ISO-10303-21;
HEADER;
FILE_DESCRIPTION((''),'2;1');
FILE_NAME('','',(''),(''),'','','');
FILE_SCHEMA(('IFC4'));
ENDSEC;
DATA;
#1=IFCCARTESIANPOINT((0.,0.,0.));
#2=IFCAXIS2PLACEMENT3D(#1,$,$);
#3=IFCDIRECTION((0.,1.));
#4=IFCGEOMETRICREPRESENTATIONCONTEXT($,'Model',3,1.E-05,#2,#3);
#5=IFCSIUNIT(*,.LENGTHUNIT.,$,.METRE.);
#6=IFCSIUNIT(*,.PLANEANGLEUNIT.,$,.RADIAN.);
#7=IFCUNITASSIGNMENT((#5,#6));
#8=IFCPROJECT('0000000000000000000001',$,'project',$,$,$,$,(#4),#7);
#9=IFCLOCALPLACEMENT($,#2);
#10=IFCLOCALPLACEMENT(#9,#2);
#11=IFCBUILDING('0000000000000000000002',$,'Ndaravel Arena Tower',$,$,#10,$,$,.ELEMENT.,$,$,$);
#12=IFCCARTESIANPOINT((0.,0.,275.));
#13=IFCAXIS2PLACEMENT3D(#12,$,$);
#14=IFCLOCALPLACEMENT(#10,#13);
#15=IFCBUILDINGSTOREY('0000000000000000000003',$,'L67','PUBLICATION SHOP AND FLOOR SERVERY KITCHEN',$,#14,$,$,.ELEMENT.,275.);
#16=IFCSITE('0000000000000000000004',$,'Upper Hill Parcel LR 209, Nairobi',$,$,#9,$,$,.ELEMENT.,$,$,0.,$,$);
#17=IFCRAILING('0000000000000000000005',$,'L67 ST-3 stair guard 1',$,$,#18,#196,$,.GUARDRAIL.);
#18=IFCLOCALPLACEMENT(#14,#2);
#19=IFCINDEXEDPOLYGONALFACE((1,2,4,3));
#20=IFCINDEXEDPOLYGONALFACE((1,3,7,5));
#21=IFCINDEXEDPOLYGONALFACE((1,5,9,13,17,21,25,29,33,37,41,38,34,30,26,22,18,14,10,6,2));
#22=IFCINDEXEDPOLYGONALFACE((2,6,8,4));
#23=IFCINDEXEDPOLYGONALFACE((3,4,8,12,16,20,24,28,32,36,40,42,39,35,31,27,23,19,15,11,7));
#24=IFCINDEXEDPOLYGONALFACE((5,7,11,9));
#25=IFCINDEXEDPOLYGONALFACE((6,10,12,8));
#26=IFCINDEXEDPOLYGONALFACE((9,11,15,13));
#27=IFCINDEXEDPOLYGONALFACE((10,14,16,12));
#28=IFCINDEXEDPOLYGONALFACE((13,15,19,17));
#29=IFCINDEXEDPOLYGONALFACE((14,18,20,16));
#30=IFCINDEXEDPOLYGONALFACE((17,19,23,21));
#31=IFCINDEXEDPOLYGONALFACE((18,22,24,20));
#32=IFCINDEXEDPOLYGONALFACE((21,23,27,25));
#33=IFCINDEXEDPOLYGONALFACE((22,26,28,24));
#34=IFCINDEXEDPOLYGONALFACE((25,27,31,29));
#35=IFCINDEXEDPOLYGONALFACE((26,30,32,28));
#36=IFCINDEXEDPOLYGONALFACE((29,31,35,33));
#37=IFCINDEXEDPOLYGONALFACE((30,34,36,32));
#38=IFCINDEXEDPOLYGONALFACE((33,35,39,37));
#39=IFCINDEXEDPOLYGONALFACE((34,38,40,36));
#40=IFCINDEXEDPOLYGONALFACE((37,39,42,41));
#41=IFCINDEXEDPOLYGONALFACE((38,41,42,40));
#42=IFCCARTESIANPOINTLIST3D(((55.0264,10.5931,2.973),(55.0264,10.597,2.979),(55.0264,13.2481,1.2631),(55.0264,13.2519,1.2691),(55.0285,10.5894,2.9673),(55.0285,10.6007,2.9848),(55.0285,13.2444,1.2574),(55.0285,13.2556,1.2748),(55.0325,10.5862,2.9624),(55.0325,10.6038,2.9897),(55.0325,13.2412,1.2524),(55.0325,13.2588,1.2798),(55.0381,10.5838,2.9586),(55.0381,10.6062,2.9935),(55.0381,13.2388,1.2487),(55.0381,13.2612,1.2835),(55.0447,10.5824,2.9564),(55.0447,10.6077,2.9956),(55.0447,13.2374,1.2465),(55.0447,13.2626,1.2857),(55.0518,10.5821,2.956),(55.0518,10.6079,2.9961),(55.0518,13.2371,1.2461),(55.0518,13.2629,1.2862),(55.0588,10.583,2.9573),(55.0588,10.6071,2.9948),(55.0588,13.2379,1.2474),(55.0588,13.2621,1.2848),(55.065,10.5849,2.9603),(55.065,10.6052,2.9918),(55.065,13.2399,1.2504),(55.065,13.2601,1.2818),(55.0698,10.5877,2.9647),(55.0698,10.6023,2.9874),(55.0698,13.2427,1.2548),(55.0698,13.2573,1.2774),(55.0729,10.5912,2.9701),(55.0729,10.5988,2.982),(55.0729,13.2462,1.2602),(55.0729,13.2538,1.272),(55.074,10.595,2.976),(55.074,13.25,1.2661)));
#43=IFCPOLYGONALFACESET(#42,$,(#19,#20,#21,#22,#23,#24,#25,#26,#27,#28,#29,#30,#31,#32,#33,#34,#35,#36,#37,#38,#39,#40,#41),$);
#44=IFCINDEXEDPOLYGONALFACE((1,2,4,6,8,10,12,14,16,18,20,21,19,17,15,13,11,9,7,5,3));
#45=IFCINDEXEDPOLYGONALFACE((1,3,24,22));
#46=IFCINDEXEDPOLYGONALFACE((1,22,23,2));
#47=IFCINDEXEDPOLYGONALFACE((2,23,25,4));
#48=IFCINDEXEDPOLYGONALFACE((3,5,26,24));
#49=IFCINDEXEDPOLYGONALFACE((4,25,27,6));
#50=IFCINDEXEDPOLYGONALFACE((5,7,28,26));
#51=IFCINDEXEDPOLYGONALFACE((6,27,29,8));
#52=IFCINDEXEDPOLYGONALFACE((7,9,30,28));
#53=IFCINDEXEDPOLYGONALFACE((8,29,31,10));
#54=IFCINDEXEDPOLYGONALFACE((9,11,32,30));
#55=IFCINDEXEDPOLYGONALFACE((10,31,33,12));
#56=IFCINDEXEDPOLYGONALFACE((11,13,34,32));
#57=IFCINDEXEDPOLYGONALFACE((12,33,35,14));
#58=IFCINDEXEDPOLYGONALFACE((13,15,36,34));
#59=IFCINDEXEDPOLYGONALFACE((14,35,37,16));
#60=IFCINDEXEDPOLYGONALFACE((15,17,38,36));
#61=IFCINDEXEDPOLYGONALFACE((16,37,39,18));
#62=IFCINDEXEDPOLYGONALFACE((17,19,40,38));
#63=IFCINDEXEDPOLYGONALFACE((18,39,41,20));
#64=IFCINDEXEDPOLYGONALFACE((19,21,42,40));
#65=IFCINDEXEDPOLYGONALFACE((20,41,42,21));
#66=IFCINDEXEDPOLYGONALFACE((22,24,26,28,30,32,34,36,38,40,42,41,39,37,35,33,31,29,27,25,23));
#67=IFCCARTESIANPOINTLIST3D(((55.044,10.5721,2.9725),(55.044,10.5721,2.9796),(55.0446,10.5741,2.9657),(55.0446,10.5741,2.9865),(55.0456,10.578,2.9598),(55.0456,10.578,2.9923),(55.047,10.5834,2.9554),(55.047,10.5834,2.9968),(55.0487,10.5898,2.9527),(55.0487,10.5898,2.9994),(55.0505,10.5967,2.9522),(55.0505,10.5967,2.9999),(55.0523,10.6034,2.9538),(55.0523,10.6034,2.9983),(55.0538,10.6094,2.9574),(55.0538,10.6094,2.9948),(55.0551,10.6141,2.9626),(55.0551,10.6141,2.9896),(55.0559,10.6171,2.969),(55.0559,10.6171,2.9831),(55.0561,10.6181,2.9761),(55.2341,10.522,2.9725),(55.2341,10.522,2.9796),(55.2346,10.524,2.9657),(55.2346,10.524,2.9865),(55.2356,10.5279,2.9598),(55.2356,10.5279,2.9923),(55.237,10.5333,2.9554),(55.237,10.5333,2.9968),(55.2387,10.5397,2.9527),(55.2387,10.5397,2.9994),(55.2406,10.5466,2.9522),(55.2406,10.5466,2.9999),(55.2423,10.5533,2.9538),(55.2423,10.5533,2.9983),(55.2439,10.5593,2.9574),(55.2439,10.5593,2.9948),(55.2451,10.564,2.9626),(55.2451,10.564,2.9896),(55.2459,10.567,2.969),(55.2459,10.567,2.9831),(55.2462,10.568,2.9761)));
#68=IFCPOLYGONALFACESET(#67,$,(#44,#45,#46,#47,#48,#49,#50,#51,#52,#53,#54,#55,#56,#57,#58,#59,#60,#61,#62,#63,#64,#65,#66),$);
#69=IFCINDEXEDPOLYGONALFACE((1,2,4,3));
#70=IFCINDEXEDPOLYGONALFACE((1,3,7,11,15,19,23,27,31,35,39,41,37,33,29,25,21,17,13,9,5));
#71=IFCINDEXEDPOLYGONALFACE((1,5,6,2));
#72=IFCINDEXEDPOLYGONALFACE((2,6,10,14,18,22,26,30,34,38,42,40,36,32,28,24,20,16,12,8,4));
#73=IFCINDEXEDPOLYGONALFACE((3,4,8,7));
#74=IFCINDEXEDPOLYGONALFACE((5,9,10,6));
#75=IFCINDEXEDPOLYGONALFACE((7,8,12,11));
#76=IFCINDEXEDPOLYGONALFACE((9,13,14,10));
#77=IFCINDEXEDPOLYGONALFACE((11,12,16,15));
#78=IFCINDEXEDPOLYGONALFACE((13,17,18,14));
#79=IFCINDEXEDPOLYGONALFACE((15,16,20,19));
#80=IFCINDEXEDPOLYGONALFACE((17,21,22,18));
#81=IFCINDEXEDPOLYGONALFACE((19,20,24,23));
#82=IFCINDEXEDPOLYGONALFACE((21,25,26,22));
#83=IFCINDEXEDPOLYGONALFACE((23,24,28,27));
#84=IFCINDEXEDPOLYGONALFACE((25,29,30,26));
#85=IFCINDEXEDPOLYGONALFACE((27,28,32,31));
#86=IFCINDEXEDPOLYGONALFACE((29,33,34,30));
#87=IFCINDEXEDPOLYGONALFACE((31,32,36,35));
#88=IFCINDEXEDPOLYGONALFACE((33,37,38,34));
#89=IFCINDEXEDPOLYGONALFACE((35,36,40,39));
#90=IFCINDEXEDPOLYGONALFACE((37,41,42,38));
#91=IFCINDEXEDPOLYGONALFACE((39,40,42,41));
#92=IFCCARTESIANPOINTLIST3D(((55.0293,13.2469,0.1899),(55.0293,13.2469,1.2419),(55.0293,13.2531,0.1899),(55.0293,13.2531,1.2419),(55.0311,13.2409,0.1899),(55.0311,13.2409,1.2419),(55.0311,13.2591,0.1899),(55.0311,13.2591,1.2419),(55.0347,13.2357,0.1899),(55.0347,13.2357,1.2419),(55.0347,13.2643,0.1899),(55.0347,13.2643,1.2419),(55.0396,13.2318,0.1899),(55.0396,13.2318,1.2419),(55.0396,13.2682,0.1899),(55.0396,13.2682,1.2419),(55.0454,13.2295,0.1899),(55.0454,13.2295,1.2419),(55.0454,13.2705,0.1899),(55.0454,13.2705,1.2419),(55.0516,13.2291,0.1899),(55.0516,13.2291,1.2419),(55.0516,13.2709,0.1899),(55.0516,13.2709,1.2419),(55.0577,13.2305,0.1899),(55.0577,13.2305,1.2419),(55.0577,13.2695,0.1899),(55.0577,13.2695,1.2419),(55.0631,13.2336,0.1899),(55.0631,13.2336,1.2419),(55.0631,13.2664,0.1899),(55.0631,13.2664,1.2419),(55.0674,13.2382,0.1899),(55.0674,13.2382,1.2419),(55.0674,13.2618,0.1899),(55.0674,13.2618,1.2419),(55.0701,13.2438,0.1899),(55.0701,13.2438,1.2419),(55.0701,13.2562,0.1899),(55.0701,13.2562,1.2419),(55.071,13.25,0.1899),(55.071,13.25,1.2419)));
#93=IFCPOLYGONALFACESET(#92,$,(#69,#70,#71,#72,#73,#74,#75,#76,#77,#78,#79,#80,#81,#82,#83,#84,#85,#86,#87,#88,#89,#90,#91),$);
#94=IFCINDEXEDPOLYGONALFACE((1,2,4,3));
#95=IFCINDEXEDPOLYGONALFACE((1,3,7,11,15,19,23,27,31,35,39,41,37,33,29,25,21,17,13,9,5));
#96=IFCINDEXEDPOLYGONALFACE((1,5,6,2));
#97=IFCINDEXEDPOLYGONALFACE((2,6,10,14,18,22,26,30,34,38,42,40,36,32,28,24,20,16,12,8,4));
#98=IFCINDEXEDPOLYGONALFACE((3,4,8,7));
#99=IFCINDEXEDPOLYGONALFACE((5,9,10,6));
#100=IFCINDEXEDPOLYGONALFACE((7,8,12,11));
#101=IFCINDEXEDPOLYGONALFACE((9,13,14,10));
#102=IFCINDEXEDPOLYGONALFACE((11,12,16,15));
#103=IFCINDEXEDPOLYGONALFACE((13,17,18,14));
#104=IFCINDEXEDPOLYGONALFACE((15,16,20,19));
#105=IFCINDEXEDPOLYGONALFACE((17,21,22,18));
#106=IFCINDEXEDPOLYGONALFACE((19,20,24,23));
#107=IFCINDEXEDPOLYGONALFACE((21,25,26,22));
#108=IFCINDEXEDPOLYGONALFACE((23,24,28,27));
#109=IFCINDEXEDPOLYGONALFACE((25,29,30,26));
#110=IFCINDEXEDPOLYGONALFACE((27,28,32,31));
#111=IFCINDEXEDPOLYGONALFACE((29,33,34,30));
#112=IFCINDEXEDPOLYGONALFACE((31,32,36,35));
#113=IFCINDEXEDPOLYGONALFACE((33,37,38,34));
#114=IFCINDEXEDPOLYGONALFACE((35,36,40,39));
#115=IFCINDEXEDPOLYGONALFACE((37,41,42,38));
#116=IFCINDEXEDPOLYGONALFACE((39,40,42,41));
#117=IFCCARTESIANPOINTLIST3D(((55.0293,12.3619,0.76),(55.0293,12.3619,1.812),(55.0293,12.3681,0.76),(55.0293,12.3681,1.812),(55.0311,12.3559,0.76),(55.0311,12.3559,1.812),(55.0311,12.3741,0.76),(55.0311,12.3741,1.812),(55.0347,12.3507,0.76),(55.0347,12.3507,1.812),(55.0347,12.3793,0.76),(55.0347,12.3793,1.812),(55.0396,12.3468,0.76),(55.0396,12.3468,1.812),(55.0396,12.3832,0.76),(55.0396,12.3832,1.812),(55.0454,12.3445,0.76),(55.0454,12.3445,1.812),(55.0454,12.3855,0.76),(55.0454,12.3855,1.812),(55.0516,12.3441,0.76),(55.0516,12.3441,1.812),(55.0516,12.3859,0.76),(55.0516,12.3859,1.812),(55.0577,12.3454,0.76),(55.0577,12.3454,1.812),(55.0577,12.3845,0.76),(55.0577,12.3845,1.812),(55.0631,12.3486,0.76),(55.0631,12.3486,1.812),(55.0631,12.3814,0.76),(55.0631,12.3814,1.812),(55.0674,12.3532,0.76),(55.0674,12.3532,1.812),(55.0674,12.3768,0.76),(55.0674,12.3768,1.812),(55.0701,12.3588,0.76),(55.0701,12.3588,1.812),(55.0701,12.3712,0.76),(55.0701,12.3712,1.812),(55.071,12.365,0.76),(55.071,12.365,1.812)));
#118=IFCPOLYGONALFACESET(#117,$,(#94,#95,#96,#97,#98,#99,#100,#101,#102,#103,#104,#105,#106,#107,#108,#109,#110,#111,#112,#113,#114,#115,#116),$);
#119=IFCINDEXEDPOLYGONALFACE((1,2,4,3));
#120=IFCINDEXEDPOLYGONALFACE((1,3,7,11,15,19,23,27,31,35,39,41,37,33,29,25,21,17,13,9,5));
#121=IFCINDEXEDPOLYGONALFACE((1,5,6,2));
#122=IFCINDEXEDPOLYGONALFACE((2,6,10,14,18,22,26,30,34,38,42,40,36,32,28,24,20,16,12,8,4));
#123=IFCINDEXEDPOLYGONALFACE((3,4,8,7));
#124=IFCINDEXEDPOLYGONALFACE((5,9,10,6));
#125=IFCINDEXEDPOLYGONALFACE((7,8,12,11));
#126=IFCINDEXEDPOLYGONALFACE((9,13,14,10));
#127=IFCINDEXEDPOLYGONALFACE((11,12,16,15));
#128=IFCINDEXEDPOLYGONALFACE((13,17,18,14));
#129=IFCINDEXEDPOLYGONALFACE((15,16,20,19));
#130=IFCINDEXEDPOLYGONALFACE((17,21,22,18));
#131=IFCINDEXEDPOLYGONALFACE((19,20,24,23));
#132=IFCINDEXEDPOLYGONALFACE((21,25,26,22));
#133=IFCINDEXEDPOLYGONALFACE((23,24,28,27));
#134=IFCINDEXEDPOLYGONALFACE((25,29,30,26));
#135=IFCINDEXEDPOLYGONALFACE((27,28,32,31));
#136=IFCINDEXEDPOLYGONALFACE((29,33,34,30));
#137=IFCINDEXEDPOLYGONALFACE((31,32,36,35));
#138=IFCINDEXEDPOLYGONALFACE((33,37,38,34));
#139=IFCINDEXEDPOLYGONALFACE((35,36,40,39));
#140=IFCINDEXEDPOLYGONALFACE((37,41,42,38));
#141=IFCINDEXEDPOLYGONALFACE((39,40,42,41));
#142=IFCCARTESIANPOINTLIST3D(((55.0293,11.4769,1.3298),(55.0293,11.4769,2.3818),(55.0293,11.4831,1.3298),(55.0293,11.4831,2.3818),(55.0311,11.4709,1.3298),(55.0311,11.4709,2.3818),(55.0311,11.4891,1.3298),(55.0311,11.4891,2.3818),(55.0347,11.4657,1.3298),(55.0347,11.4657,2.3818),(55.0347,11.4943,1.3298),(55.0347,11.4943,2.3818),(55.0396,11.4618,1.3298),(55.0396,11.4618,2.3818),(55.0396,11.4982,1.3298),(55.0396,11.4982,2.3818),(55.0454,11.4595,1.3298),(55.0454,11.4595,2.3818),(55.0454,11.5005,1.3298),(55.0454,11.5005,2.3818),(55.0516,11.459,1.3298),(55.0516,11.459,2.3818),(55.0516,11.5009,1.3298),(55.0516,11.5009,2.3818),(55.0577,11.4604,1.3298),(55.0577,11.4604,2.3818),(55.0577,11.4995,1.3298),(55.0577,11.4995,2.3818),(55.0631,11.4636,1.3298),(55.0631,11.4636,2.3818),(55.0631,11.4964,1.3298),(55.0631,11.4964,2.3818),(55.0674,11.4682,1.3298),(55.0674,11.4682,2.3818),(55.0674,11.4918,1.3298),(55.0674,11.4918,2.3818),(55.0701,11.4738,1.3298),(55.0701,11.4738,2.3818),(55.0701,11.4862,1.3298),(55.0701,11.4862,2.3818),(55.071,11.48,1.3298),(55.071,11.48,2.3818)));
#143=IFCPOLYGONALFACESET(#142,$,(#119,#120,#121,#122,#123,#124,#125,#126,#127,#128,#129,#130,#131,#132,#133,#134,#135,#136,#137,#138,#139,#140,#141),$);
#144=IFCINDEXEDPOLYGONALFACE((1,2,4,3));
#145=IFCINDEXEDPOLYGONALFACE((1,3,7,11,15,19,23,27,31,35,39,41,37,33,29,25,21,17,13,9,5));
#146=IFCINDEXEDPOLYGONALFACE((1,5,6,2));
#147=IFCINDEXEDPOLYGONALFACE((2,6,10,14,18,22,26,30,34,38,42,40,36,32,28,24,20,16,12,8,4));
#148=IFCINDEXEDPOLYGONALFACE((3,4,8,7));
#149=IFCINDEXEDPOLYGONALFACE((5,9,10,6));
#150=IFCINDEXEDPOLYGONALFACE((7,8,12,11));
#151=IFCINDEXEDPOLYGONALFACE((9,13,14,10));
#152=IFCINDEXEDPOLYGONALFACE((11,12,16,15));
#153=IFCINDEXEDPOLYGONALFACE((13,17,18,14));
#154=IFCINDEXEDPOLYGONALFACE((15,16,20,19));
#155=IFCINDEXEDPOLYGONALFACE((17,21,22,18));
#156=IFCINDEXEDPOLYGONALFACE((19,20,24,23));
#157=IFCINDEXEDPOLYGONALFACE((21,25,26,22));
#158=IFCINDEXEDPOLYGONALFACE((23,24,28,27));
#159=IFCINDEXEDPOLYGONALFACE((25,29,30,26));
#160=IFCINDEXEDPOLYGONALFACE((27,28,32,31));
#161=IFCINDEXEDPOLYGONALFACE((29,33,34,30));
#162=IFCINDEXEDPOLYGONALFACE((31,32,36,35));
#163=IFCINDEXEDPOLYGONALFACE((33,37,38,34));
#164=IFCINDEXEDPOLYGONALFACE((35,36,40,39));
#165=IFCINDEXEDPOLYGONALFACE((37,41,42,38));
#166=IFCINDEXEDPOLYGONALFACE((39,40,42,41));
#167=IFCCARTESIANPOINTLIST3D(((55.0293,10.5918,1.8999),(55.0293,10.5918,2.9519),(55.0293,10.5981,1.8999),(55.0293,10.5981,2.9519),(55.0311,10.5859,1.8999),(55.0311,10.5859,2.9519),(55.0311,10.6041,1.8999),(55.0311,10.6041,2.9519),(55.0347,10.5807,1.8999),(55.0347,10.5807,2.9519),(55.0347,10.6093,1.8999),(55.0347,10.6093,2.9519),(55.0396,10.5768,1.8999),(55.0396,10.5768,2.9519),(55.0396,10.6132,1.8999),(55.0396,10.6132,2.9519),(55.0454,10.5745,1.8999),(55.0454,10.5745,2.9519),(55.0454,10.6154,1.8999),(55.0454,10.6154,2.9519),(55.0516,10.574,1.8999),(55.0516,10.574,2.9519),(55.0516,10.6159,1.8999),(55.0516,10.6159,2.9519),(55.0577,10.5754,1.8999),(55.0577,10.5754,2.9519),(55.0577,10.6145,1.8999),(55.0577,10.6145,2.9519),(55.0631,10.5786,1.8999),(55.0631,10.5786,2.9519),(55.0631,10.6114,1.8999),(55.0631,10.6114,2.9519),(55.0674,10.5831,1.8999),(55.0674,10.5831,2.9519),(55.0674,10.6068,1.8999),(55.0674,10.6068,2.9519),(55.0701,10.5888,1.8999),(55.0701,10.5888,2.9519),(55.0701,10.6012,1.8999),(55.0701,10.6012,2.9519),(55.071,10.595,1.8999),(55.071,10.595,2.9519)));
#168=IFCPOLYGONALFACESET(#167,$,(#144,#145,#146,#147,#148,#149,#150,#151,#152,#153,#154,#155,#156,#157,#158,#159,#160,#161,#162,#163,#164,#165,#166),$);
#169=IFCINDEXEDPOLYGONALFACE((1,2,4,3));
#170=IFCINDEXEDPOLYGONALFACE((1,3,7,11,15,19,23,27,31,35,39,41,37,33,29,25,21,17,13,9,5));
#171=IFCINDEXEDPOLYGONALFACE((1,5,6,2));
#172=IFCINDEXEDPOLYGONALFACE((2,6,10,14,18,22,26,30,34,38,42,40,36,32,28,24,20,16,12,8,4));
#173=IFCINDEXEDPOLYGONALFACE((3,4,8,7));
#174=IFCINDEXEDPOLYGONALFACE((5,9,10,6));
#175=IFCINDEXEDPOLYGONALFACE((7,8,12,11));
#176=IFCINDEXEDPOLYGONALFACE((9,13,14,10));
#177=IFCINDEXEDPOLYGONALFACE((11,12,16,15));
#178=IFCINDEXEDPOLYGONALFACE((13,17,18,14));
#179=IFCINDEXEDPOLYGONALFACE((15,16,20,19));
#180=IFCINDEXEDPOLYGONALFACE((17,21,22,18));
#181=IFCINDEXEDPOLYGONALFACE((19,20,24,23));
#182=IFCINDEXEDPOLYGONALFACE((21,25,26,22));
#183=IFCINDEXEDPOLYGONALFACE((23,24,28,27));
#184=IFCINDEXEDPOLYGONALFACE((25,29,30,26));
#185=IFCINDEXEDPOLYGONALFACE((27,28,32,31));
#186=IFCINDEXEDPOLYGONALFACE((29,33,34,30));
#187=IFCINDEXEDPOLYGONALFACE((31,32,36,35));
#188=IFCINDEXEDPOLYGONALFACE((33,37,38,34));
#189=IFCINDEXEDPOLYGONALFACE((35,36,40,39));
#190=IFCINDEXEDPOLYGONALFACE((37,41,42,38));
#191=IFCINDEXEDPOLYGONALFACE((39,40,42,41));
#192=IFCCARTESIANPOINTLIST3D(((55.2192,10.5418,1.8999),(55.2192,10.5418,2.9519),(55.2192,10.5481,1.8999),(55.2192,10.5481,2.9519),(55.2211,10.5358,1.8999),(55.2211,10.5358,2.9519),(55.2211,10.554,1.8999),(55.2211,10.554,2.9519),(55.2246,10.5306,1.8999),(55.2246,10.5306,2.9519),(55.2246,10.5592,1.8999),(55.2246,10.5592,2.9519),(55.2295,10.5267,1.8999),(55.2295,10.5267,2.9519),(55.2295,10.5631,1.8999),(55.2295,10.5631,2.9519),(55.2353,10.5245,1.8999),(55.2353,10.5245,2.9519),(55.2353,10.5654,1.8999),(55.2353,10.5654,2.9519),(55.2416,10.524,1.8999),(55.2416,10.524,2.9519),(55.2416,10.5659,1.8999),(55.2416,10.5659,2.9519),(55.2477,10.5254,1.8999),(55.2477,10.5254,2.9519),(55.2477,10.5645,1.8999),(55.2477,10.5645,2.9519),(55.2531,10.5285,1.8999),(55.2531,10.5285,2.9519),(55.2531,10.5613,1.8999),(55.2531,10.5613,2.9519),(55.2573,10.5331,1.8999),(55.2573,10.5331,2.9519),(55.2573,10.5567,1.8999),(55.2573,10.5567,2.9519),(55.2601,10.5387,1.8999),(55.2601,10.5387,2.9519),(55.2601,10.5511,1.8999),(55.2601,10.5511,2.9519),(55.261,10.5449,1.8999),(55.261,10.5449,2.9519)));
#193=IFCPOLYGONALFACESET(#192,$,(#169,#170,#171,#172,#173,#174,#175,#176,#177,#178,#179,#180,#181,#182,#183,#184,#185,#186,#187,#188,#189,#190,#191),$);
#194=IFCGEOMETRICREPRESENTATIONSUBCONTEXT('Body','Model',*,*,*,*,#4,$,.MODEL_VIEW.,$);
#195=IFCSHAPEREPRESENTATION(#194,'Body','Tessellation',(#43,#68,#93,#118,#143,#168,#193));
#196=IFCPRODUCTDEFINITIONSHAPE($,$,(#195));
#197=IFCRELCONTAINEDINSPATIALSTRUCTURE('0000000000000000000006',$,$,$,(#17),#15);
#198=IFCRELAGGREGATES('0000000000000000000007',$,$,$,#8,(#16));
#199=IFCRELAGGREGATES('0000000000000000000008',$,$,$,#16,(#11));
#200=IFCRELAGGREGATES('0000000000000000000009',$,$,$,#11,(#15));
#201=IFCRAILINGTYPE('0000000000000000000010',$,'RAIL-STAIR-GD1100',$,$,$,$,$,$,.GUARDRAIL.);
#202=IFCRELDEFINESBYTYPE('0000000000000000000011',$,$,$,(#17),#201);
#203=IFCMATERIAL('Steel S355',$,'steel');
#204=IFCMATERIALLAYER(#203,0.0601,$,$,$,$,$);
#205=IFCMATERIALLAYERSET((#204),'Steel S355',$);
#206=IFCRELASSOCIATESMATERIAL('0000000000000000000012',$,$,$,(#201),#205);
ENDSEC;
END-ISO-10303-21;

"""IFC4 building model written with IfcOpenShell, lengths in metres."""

from ifc_helpers import new_model, si_unit, direction, frame, origin, origin_2d, place, context, subcontext, project, spatial, circle, extrude, material, layer, layer_set, type_object, element, save


model = new_model("IFC4")

# Units and contexts
model_context = context("Model", 3, precision=1e-05, world=origin(), true_north=direction((0.0, 1.0)))
body_context = subcontext(model_context, "Body", "Model", "MODEL_VIEW")
ifc_project = project(units=[si_unit("LENGTHUNIT", "METRE"), si_unit("PLANEANGLEUNIT", "RADIAN")], contexts=[model_context])

# Site, building, storey
site_placement = place(None, origin())
site = spatial("IfcSite", under=ifc_project, at=site_placement, Name="Upper Hill Parcel LR 209, Nairobi", CompositionType="ELEMENT", RefElevation=0.0)
building_placement = place(site_placement, origin())
building = spatial("IfcBuilding", under=site, at=building_placement, Name="Ndaravel Arena Tower", CompositionType="ELEMENT")
storey_placement = place(building_placement, frame((0.0, 0.0, 275.0)))
storey = spatial("IfcBuildingStorey", under=building, at=storey_placement, Name="L67", Description="PUBLICATION SHOP AND FLOOR SERVERY KITCHEN", CompositionType="ELEMENT", Elevation=275.0)

# Railing
ifc_material_1 = material(Name="Steel S355", Category="steel")
ifc_layer_1 = layer(ifc_material_1, 0.0601)
ifc_layer_set_1 = layer_set([ifc_layer_1], Name="Steel S355")
railing_type_1 = type_object("IfcRailingType", Name="RAIL-STAIR-GD1100", PredefinedType="GUARDRAIL", material=ifc_layer_set_1)
railing_1_placement = place(storey_placement, frame((55.05, 13.25, 0.1899)))
element("IfcRailing", 1, at=railing_1_placement, inside=storey, type_object=railing_type_1, Name="L67 ST-3 stair guard 1", PredefinedType="GUARDRAIL", context=body_context, shape_type="SweptSolid", body=[
    extrude(circle(Radius=0.0239, at=origin_2d()), frame((0.0, 0.0, 1.0762), z_axis=(0.0, -0.840724, 0.541465), x_axis=(1.0, 0.0, 0.0)), (0.0, 0.0, 1.0), 3.158),
    extrude(circle(Radius=0.0239, at=origin_2d()), frame((0.0, -2.655, 2.7861), z_axis=(0.966994, -0.254799, 0.0), x_axis=(0.254799, 0.966994, 0.0)), (0.0, 0.0, 1.0), 0.1965),
    extrude(circle(Radius=0.021, at=origin_2d()), origin(), (0.0, 0.0, 1.0), 1.052),
    extrude(circle(Radius=0.021, at=origin_2d()), frame((0.0, -0.885, 0.5701)), (0.0, 0.0, 1.0), 1.052),
    extrude(circle(Radius=0.021, at=origin_2d()), frame((0.0, -1.77, 1.1399)), (0.0, 0.0, 1.0), 1.052),
    extrude(circle(Radius=0.021, at=origin_2d()), frame((0.0, -2.655, 1.71)), (0.0, 0.0, 1.0), 1.052),
    extrude(circle(Radius=0.021, at=origin_2d()), frame((0.1899, -2.7051, 1.71)), (0.0, 0.0, 1.0), 1.052),
])

save(model, "model.ifc")
